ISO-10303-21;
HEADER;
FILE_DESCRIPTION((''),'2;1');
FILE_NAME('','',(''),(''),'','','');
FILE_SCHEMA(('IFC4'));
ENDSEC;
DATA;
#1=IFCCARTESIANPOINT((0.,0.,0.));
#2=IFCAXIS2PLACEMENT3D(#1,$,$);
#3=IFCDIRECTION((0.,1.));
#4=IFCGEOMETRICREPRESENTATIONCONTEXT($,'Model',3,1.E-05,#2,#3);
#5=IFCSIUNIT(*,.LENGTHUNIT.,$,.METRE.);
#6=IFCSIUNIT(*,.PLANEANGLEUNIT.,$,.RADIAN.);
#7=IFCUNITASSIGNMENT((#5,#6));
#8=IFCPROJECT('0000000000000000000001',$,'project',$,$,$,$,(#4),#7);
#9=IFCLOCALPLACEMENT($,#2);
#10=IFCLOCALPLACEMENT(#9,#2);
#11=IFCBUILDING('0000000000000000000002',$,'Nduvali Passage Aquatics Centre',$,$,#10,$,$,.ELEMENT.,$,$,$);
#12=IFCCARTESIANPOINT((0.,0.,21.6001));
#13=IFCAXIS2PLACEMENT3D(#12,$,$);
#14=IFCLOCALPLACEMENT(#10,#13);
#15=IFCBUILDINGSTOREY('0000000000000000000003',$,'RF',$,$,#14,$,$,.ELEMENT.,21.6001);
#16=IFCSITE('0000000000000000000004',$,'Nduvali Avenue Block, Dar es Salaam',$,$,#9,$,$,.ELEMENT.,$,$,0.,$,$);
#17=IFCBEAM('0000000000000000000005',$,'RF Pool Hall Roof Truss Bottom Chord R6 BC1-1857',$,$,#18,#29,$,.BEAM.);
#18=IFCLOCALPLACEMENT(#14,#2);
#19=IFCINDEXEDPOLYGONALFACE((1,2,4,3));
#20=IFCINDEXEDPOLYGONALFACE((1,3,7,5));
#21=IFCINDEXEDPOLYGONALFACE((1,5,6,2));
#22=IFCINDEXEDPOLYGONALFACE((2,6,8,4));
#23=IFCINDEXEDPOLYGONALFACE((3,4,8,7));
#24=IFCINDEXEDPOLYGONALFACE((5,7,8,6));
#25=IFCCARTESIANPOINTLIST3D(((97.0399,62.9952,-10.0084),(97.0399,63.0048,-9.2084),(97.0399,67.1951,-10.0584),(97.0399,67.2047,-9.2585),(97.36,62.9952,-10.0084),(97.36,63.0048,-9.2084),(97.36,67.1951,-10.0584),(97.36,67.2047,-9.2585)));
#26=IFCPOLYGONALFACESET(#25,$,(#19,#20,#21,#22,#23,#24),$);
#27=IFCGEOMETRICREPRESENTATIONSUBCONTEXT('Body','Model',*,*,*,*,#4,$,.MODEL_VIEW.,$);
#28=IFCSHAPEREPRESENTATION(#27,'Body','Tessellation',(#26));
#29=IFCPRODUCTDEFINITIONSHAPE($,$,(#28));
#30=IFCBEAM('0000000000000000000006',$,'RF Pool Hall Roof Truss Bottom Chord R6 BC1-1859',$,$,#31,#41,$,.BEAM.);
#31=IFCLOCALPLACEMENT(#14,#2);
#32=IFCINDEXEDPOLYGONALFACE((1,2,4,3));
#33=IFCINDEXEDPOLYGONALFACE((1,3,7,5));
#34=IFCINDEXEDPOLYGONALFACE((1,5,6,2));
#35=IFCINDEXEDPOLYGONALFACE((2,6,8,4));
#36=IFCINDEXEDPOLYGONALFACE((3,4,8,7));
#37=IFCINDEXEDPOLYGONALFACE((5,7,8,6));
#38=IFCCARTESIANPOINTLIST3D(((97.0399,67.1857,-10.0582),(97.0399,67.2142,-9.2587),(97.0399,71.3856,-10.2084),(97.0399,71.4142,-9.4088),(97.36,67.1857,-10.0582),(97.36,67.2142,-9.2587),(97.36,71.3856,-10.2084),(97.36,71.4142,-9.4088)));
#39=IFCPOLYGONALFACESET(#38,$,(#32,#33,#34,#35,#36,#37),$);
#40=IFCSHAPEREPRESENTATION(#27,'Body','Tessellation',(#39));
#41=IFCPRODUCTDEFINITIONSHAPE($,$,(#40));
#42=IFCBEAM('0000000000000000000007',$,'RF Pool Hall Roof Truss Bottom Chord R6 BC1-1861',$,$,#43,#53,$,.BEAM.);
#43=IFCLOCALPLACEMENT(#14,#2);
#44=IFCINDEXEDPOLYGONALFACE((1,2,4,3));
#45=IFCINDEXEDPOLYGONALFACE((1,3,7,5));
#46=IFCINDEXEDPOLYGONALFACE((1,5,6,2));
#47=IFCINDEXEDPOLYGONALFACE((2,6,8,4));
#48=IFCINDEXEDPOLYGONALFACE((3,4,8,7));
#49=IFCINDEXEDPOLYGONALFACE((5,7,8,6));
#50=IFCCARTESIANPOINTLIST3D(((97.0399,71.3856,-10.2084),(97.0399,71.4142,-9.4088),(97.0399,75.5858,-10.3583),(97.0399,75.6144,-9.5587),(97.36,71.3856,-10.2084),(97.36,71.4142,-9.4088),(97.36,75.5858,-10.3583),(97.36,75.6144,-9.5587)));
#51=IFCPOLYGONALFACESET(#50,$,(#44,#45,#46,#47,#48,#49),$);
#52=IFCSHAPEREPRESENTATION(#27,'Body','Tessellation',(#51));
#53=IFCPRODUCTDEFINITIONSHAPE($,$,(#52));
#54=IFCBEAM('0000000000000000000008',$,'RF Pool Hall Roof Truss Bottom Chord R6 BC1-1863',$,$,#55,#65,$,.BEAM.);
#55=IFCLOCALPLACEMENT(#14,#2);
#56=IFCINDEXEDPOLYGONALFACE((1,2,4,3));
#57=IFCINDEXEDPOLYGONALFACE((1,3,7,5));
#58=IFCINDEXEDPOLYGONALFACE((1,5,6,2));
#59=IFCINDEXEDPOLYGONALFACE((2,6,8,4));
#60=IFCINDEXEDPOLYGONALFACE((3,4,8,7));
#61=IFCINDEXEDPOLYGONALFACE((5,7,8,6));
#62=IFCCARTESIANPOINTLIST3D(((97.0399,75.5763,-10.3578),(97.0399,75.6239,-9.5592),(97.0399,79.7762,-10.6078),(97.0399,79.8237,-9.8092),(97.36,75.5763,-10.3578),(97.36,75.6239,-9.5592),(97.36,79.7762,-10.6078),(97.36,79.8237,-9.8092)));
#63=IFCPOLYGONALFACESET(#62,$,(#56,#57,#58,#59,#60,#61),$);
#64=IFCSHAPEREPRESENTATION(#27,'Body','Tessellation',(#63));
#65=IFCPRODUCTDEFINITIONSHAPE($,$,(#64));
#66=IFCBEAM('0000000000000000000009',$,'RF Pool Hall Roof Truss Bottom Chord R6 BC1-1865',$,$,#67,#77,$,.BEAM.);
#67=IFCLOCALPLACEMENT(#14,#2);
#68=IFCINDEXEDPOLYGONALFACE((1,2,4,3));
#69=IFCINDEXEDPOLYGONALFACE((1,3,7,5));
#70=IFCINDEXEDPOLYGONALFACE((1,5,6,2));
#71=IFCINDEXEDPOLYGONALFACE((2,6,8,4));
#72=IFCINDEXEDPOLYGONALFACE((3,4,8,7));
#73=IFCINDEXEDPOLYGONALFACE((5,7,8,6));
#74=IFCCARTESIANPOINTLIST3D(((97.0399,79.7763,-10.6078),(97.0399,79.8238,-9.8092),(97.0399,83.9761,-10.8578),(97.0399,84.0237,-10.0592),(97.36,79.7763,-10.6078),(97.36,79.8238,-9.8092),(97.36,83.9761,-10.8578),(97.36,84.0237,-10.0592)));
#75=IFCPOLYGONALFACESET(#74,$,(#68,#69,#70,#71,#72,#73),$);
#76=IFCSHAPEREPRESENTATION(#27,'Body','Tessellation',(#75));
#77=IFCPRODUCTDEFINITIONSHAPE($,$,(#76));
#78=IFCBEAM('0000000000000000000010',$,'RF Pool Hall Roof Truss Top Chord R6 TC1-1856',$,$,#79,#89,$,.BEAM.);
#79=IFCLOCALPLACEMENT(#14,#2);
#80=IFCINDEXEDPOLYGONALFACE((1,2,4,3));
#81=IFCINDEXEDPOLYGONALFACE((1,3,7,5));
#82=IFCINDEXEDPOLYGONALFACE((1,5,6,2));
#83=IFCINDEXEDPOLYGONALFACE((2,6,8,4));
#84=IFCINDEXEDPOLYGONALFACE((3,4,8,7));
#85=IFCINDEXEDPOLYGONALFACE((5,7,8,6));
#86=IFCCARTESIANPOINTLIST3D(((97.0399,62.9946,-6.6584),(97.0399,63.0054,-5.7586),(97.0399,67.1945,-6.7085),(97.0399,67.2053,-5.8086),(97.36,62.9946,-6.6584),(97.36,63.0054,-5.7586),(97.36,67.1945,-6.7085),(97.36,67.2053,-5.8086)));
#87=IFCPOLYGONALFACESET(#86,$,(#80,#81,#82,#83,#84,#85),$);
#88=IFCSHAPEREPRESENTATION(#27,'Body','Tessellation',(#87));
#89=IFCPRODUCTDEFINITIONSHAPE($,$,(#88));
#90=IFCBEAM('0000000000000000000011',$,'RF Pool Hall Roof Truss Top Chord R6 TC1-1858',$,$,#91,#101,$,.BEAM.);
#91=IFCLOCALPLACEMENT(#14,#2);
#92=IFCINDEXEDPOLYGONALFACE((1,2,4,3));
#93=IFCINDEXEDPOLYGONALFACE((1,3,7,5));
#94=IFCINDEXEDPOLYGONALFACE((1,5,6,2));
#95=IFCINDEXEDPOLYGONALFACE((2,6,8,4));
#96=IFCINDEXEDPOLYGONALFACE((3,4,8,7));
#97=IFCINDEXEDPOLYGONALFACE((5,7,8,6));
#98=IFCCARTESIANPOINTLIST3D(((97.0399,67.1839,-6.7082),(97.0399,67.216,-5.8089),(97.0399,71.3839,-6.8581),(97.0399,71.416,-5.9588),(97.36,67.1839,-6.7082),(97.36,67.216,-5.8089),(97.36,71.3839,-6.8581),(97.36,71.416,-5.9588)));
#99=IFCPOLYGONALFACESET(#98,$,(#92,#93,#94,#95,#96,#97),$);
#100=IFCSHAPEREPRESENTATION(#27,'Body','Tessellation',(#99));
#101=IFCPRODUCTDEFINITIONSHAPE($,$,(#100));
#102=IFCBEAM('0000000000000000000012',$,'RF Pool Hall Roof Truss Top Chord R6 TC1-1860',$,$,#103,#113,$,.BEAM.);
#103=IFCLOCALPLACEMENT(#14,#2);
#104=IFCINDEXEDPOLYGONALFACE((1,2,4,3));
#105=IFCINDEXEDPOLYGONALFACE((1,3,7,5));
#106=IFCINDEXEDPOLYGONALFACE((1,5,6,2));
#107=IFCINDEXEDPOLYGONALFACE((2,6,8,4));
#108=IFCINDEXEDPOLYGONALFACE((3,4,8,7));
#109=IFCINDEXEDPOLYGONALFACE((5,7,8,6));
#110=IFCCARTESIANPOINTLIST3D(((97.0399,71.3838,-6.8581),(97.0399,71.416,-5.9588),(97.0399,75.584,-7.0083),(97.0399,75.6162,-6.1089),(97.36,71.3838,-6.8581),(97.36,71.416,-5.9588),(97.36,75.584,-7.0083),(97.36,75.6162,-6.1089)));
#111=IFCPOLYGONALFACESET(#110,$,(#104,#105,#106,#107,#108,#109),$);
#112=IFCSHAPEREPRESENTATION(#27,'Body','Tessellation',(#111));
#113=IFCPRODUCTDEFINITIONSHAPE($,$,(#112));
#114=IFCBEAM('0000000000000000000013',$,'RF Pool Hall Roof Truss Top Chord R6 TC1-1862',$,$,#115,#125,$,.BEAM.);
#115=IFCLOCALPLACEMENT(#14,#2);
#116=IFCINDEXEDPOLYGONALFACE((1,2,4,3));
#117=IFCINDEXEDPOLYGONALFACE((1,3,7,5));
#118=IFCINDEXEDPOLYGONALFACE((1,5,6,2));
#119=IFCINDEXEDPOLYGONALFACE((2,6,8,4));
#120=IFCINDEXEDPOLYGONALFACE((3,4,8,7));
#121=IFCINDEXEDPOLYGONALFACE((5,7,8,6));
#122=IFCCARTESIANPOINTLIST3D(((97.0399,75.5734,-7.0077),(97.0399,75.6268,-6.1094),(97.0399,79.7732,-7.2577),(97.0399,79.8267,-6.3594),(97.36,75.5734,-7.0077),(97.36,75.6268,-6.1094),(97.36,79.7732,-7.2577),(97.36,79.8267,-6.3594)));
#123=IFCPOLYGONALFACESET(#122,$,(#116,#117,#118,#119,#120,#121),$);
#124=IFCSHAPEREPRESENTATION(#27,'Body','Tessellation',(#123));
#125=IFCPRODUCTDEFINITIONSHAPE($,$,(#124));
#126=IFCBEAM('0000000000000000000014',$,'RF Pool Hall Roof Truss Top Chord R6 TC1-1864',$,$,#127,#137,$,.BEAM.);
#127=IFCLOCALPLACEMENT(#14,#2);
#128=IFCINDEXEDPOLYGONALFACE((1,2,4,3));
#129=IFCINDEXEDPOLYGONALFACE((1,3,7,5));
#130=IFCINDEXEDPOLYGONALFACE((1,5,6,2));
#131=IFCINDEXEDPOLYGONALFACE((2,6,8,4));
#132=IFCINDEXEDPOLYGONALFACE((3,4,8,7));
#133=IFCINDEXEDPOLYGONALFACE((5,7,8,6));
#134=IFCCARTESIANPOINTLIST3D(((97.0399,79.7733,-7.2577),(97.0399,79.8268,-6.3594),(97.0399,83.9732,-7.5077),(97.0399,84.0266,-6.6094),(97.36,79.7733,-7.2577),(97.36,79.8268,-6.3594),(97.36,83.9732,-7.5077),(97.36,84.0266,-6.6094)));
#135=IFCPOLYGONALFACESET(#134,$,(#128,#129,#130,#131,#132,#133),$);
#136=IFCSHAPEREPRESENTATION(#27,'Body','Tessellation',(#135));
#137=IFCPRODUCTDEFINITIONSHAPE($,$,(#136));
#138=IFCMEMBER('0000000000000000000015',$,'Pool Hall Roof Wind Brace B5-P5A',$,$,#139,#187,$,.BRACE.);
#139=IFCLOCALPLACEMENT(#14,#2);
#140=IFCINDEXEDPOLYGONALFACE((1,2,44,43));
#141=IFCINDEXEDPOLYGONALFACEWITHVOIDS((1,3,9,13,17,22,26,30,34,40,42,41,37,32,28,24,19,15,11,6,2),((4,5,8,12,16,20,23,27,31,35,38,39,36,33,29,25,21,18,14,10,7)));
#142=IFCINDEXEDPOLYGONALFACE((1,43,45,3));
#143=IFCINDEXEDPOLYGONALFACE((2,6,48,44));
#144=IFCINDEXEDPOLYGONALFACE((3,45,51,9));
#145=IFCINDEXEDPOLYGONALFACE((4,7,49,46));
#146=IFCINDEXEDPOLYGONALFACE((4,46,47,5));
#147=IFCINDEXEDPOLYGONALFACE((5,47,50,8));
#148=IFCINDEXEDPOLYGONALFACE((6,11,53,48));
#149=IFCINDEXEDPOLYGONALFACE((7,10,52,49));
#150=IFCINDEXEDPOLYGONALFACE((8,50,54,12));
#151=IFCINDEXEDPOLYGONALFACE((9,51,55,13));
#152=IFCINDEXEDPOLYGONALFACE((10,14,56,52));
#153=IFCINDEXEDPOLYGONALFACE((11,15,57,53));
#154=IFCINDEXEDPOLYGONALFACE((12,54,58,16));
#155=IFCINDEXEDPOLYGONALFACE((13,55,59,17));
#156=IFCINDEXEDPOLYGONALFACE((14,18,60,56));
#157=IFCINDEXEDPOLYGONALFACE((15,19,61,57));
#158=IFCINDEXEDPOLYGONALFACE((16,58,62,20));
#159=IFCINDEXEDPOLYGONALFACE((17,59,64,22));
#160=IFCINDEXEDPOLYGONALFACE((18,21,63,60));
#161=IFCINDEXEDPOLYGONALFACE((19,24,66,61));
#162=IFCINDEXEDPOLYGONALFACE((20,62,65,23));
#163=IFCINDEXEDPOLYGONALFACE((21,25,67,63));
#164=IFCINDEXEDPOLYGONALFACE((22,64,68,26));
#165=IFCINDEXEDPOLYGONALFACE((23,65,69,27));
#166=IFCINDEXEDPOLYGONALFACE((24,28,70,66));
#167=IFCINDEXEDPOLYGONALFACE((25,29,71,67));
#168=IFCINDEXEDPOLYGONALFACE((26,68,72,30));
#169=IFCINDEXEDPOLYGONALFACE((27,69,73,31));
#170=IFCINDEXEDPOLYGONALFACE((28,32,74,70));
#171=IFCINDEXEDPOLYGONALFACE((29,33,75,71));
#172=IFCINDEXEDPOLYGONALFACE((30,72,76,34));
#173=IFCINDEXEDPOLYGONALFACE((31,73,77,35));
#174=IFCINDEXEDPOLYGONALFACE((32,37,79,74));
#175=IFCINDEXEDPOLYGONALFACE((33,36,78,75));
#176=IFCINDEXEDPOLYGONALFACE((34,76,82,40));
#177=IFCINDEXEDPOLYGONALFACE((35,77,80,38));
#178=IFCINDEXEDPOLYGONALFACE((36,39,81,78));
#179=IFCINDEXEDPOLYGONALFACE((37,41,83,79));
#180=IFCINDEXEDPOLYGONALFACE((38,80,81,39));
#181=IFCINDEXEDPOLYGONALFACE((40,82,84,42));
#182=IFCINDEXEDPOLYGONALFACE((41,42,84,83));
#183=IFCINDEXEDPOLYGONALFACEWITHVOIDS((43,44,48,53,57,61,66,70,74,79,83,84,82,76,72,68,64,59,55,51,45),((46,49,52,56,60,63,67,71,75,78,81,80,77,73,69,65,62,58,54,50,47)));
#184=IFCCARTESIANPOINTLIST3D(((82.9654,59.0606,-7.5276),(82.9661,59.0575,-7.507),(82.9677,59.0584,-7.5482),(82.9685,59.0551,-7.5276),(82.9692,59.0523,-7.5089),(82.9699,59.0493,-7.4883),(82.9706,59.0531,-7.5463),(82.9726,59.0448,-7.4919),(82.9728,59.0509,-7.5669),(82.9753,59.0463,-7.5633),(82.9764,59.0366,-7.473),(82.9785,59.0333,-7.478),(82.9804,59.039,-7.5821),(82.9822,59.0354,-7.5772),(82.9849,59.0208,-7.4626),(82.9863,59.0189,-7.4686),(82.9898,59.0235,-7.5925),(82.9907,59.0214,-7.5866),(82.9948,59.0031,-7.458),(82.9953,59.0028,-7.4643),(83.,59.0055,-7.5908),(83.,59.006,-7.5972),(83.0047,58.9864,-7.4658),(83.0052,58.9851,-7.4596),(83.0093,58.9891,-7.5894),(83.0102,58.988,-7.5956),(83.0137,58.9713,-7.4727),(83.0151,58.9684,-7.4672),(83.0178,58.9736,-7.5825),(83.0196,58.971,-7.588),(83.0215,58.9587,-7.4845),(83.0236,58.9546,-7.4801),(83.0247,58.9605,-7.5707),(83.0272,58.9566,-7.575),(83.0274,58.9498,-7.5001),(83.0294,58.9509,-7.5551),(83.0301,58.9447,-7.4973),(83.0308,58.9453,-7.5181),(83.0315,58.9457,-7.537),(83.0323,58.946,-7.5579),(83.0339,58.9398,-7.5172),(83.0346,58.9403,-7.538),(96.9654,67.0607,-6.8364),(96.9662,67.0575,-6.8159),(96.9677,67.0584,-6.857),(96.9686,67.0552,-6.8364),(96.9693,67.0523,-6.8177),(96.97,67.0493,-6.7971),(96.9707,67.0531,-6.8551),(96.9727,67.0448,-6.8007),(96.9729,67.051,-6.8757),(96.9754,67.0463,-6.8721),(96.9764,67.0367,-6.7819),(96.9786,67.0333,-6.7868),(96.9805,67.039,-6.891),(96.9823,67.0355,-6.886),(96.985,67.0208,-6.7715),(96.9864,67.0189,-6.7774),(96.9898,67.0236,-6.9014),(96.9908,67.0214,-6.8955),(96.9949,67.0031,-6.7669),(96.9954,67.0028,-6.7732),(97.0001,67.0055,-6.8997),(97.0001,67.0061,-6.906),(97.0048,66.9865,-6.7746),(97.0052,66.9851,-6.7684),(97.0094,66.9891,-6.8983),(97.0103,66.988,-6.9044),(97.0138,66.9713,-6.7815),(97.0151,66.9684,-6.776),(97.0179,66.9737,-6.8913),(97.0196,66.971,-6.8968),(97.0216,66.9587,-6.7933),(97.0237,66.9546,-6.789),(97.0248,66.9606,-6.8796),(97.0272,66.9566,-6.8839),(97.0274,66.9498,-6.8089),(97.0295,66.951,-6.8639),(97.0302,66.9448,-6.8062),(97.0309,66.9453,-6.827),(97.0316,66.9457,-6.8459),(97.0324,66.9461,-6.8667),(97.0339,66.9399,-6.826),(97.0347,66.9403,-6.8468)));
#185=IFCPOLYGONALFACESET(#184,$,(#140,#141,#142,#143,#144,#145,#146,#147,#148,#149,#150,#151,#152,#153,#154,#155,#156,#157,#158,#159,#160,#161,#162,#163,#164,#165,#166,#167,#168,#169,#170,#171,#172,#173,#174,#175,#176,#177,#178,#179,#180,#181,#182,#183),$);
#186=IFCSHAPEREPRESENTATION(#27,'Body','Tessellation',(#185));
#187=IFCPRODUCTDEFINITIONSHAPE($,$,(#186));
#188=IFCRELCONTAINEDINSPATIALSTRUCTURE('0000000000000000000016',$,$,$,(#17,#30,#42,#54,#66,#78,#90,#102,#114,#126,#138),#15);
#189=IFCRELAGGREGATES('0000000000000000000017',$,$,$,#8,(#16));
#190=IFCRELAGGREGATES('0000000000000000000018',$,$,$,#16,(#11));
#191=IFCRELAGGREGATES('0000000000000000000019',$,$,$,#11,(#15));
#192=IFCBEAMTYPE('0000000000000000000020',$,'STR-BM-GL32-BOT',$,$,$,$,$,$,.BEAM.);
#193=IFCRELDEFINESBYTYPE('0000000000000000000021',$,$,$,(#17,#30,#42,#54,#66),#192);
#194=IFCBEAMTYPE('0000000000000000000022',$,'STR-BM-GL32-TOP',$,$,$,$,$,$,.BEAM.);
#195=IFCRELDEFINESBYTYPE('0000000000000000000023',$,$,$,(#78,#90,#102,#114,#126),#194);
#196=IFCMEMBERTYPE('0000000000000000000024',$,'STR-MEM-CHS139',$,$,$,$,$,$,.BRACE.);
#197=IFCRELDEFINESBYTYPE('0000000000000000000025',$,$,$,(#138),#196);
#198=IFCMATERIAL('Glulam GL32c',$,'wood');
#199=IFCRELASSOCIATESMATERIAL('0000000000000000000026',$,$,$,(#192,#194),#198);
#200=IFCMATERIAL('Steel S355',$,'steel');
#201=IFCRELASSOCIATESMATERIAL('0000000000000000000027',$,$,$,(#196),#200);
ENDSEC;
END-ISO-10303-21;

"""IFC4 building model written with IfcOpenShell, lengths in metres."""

from ifc_helpers import new_model, si_unit, direction, frame, origin, origin_2d, place, context, subcontext, project, spatial, rectangle, hollow_circle, extrude, material, material_profile, profile_set, type_object, element, save


model = new_model("IFC4")

# Units and contexts
model_context = context("Model", 3, precision=1e-05, world=origin(), true_north=direction((0.0, 1.0)))
body_context = subcontext(model_context, "Body", "Model", "MODEL_VIEW")
ifc_project = project(units=[si_unit("LENGTHUNIT", "METRE"), si_unit("PLANEANGLEUNIT", "RADIAN")], contexts=[model_context])

# Site, building, storey
site_placement = place(None, origin())
site = spatial("IfcSite", under=ifc_project, at=site_placement, Name="Nduvali Avenue Block, Dar es Salaam", CompositionType="ELEMENT", RefElevation=0.0)
building_placement = place(site_placement, origin())
building = spatial("IfcBuilding", under=site, at=building_placement, Name="Nduvali Passage Aquatics Centre", CompositionType="ELEMENT")
storey_placement = place(building_placement, frame((0.0, 0.0, 21.6001)))
storey = spatial("IfcBuildingStorey", under=building, at=storey_placement, Name="RF", CompositionType="ELEMENT", Elevation=21.6001)

# Beams
ifc_material_1 = material(Name="Glulam GL32c", Category="wood")
ifc_material_profile_1 = material_profile(ifc_material_1, rectangle(XDim=0.3201, YDim=0.8, at=origin_2d()), Name="GL32c 320x800")
ifc_profile_set_1 = profile_set([ifc_material_profile_1], Name="Glulam GL32c")
beam_type_1 = type_object("IfcBeamType", Name="STR-BM-GL32-BOT", PredefinedType="BEAM", material=ifc_profile_set_1)
beam_1_placement = place(storey_placement, frame((97.2, 63.0, -9.6084), z_axis=(0.0, 0.999929, -0.011916), x_axis=(-1.0, 0.0, 0.0)))
element("IfcBeam", 1, at=beam_1_placement, inside=storey, type_object=beam_type_1, Name="RF Pool Hall Roof Truss Bottom Chord R6 BC1-1857", PredefinedType="BEAM", context=body_context, shape_type="SweptSolid", body=[
    extrude(rectangle(XDim=0.3201, YDim=0.8, at=origin_2d()), origin(), (0.0, 0.0, 1.0), 4.2002),
])
beam_2_placement = place(storey_placement, frame((97.2, 67.2, -9.6584), z_axis=(0.0, 0.999362, -0.035727), x_axis=(-1.0, 0.0, 0.0)))
element("IfcBeam", 2, at=beam_2_placement, inside=storey, type_object=beam_type_1, Name="RF Pool Hall Roof Truss Bottom Chord R6 BC1-1859", PredefinedType="BEAM", context=body_context, shape_type="SweptSolid", body=[
    extrude(rectangle(XDim=0.3201, YDim=0.8, at=origin_2d()), origin(), (0.0, 0.0, 1.0), 4.2026),
])
beam_3_placement = place(storey_placement, frame((97.2, 71.3999, -9.8086), z_axis=(0.0, 0.999364, -0.035667), x_axis=(-1.0, 0.0, 0.0)))
element("IfcBeam", 3, at=beam_3_placement, inside=storey, type_object=beam_type_1, Name="RF Pool Hall Roof Truss Bottom Chord R6 BC1-1861", PredefinedType="BEAM", context=body_context, shape_type="SweptSolid", body=[
    extrude(rectangle(XDim=0.3201, YDim=0.8, at=origin_2d()), origin(), (0.0, 0.0, 1.0), 4.2029),
])
for number, where, z_axis, x_axis, name in (
    (4, (97.2, 75.6001, -9.9585), (0.0, 0.998233, -0.059419), (-1.0, 0.0, 0.0), "RF Pool Hall Roof Truss Bottom Chord R6 BC1-1863"),
    (5, (97.2, 79.8, -10.2085), (0.0, 0.998233, -0.059419), (-1.0, 0.0, 0.0), "RF Pool Hall Roof Truss Bottom Chord R6 BC1-1865"),
):
    element("IfcBeam", number, at=place(storey_placement, frame(where, z_axis=z_axis, x_axis=x_axis)), inside=storey, type_object=beam_type_1, Name=name, PredefinedType="BEAM", context=body_context, shape_type="SweptSolid", body=[
        extrude(rectangle(XDim=0.3201, YDim=0.8, at=origin_2d()), origin(), (0.0, 0.0, 1.0), 4.2073),
    ])
ifc_material_profile_2 = material_profile(ifc_material_1, rectangle(XDim=0.3201, YDim=0.8999, at=origin_2d()), Name="GL32c 320x900")
ifc_profile_set_2 = profile_set([ifc_material_profile_2], Name="Glulam GL32c")
beam_type_2 = type_object("IfcBeamType", Name="STR-BM-GL32-TOP", PredefinedType="BEAM", material=ifc_profile_set_2)
beam_4_placement = place(storey_placement, frame((97.2, 63.0, -6.2085), z_axis=(0.0, 0.999929, -0.011916), x_axis=(-1.0, 0.0, 0.0)))
element("IfcBeam", 6, at=beam_4_placement, inside=storey, type_object=beam_type_2, Name="RF Pool Hall Roof Truss Top Chord R6 TC1-1856", PredefinedType="BEAM", context=body_context, shape_type="SweptSolid", body=[
    extrude(rectangle(XDim=0.3201, YDim=0.8999, at=origin_2d()), origin(), (0.0, 0.0, 1.0), 4.2002),
])
beam_5_placement = place(storey_placement, frame((97.2, 67.2, -6.2585), z_axis=(0.0, 0.999364, -0.035669), x_axis=(-1.0, 0.0, 0.0)))
element("IfcBeam", 7, at=beam_5_placement, inside=storey, type_object=beam_type_2, Name="RF Pool Hall Roof Truss Top Chord R6 TC1-1858", PredefinedType="BEAM", context=body_context, shape_type="SweptSolid", body=[
    extrude(rectangle(XDim=0.3201, YDim=0.8999, at=origin_2d()), origin(), (0.0, 0.0, 1.0), 4.2026),
])
beam_6_placement = place(storey_placement, frame((97.2, 71.3999, -6.4084), z_axis=(0.0, 0.999362, -0.035725), x_axis=(-1.0, 0.0, 0.0)))
element("IfcBeam", 8, at=beam_6_placement, inside=storey, type_object=beam_type_2, Name="RF Pool Hall Roof Truss Top Chord R6 TC1-1860", PredefinedType="BEAM", context=body_context, shape_type="SweptSolid", body=[
    extrude(rectangle(XDim=0.3201, YDim=0.8999, at=origin_2d()), origin(), (0.0, 0.0, 1.0), 4.2029),
])
for number, where, z_axis, x_axis, name in (
    (9, (97.2, 75.6001, -6.5586), (0.0, 0.998233, -0.059419), (-1.0, 0.0, 0.0), "RF Pool Hall Roof Truss Top Chord R6 TC1-1862"),
    (10, (97.2, 79.8, -6.8086), (0.0, 0.998233, -0.059419), (-1.0, 0.0, 0.0), "RF Pool Hall Roof Truss Top Chord R6 TC1-1864"),
):
    element("IfcBeam", number, at=place(storey_placement, frame(where, z_axis=z_axis, x_axis=x_axis)), inside=storey, type_object=beam_type_2, Name=name, PredefinedType="BEAM", context=body_context, shape_type="SweptSolid", body=[
        extrude(rectangle(XDim=0.3201, YDim=0.8999, at=origin_2d()), origin(), (0.0, 0.0, 1.0), 4.2073),
    ])

# Member
ifc_material_2 = material(Name="Steel S355", Category="steel")
ifc_material_profile_3 = material_profile(ifc_material_2, hollow_circle(Radius=0.0698, WallThickness=0.0063, at=origin_2d()), Name="CHS 139.7x6.3")
ifc_profile_set_3 = profile_set([ifc_material_profile_3], Name="Steel S355")
member_type_1 = type_object("IfcMemberType", Name="STR-MEM-CHS139", PredefinedType="BRACE", material=ifc_profile_set_3)
member_1_placement = place(storey_placement, frame((83.0, 59.0, -7.5276), z_axis=(0.867447, 0.495684, 0.042825), x_axis=(-0.496139, 0.868243, 0.0)))
element("IfcMember", 11, at=member_1_placement, inside=storey, type_object=member_type_1, Name="Pool Hall Roof Wind Brace B5-P5A", PredefinedType="BRACE", context=body_context, shape_type="SweptSolid", body=[
    extrude(hollow_circle(Radius=0.0698, WallThickness=0.0063, at=origin_2d()), origin(), (0.0, 0.0, 1.0), 16.1394),
])

save(model, "model.ifc")
